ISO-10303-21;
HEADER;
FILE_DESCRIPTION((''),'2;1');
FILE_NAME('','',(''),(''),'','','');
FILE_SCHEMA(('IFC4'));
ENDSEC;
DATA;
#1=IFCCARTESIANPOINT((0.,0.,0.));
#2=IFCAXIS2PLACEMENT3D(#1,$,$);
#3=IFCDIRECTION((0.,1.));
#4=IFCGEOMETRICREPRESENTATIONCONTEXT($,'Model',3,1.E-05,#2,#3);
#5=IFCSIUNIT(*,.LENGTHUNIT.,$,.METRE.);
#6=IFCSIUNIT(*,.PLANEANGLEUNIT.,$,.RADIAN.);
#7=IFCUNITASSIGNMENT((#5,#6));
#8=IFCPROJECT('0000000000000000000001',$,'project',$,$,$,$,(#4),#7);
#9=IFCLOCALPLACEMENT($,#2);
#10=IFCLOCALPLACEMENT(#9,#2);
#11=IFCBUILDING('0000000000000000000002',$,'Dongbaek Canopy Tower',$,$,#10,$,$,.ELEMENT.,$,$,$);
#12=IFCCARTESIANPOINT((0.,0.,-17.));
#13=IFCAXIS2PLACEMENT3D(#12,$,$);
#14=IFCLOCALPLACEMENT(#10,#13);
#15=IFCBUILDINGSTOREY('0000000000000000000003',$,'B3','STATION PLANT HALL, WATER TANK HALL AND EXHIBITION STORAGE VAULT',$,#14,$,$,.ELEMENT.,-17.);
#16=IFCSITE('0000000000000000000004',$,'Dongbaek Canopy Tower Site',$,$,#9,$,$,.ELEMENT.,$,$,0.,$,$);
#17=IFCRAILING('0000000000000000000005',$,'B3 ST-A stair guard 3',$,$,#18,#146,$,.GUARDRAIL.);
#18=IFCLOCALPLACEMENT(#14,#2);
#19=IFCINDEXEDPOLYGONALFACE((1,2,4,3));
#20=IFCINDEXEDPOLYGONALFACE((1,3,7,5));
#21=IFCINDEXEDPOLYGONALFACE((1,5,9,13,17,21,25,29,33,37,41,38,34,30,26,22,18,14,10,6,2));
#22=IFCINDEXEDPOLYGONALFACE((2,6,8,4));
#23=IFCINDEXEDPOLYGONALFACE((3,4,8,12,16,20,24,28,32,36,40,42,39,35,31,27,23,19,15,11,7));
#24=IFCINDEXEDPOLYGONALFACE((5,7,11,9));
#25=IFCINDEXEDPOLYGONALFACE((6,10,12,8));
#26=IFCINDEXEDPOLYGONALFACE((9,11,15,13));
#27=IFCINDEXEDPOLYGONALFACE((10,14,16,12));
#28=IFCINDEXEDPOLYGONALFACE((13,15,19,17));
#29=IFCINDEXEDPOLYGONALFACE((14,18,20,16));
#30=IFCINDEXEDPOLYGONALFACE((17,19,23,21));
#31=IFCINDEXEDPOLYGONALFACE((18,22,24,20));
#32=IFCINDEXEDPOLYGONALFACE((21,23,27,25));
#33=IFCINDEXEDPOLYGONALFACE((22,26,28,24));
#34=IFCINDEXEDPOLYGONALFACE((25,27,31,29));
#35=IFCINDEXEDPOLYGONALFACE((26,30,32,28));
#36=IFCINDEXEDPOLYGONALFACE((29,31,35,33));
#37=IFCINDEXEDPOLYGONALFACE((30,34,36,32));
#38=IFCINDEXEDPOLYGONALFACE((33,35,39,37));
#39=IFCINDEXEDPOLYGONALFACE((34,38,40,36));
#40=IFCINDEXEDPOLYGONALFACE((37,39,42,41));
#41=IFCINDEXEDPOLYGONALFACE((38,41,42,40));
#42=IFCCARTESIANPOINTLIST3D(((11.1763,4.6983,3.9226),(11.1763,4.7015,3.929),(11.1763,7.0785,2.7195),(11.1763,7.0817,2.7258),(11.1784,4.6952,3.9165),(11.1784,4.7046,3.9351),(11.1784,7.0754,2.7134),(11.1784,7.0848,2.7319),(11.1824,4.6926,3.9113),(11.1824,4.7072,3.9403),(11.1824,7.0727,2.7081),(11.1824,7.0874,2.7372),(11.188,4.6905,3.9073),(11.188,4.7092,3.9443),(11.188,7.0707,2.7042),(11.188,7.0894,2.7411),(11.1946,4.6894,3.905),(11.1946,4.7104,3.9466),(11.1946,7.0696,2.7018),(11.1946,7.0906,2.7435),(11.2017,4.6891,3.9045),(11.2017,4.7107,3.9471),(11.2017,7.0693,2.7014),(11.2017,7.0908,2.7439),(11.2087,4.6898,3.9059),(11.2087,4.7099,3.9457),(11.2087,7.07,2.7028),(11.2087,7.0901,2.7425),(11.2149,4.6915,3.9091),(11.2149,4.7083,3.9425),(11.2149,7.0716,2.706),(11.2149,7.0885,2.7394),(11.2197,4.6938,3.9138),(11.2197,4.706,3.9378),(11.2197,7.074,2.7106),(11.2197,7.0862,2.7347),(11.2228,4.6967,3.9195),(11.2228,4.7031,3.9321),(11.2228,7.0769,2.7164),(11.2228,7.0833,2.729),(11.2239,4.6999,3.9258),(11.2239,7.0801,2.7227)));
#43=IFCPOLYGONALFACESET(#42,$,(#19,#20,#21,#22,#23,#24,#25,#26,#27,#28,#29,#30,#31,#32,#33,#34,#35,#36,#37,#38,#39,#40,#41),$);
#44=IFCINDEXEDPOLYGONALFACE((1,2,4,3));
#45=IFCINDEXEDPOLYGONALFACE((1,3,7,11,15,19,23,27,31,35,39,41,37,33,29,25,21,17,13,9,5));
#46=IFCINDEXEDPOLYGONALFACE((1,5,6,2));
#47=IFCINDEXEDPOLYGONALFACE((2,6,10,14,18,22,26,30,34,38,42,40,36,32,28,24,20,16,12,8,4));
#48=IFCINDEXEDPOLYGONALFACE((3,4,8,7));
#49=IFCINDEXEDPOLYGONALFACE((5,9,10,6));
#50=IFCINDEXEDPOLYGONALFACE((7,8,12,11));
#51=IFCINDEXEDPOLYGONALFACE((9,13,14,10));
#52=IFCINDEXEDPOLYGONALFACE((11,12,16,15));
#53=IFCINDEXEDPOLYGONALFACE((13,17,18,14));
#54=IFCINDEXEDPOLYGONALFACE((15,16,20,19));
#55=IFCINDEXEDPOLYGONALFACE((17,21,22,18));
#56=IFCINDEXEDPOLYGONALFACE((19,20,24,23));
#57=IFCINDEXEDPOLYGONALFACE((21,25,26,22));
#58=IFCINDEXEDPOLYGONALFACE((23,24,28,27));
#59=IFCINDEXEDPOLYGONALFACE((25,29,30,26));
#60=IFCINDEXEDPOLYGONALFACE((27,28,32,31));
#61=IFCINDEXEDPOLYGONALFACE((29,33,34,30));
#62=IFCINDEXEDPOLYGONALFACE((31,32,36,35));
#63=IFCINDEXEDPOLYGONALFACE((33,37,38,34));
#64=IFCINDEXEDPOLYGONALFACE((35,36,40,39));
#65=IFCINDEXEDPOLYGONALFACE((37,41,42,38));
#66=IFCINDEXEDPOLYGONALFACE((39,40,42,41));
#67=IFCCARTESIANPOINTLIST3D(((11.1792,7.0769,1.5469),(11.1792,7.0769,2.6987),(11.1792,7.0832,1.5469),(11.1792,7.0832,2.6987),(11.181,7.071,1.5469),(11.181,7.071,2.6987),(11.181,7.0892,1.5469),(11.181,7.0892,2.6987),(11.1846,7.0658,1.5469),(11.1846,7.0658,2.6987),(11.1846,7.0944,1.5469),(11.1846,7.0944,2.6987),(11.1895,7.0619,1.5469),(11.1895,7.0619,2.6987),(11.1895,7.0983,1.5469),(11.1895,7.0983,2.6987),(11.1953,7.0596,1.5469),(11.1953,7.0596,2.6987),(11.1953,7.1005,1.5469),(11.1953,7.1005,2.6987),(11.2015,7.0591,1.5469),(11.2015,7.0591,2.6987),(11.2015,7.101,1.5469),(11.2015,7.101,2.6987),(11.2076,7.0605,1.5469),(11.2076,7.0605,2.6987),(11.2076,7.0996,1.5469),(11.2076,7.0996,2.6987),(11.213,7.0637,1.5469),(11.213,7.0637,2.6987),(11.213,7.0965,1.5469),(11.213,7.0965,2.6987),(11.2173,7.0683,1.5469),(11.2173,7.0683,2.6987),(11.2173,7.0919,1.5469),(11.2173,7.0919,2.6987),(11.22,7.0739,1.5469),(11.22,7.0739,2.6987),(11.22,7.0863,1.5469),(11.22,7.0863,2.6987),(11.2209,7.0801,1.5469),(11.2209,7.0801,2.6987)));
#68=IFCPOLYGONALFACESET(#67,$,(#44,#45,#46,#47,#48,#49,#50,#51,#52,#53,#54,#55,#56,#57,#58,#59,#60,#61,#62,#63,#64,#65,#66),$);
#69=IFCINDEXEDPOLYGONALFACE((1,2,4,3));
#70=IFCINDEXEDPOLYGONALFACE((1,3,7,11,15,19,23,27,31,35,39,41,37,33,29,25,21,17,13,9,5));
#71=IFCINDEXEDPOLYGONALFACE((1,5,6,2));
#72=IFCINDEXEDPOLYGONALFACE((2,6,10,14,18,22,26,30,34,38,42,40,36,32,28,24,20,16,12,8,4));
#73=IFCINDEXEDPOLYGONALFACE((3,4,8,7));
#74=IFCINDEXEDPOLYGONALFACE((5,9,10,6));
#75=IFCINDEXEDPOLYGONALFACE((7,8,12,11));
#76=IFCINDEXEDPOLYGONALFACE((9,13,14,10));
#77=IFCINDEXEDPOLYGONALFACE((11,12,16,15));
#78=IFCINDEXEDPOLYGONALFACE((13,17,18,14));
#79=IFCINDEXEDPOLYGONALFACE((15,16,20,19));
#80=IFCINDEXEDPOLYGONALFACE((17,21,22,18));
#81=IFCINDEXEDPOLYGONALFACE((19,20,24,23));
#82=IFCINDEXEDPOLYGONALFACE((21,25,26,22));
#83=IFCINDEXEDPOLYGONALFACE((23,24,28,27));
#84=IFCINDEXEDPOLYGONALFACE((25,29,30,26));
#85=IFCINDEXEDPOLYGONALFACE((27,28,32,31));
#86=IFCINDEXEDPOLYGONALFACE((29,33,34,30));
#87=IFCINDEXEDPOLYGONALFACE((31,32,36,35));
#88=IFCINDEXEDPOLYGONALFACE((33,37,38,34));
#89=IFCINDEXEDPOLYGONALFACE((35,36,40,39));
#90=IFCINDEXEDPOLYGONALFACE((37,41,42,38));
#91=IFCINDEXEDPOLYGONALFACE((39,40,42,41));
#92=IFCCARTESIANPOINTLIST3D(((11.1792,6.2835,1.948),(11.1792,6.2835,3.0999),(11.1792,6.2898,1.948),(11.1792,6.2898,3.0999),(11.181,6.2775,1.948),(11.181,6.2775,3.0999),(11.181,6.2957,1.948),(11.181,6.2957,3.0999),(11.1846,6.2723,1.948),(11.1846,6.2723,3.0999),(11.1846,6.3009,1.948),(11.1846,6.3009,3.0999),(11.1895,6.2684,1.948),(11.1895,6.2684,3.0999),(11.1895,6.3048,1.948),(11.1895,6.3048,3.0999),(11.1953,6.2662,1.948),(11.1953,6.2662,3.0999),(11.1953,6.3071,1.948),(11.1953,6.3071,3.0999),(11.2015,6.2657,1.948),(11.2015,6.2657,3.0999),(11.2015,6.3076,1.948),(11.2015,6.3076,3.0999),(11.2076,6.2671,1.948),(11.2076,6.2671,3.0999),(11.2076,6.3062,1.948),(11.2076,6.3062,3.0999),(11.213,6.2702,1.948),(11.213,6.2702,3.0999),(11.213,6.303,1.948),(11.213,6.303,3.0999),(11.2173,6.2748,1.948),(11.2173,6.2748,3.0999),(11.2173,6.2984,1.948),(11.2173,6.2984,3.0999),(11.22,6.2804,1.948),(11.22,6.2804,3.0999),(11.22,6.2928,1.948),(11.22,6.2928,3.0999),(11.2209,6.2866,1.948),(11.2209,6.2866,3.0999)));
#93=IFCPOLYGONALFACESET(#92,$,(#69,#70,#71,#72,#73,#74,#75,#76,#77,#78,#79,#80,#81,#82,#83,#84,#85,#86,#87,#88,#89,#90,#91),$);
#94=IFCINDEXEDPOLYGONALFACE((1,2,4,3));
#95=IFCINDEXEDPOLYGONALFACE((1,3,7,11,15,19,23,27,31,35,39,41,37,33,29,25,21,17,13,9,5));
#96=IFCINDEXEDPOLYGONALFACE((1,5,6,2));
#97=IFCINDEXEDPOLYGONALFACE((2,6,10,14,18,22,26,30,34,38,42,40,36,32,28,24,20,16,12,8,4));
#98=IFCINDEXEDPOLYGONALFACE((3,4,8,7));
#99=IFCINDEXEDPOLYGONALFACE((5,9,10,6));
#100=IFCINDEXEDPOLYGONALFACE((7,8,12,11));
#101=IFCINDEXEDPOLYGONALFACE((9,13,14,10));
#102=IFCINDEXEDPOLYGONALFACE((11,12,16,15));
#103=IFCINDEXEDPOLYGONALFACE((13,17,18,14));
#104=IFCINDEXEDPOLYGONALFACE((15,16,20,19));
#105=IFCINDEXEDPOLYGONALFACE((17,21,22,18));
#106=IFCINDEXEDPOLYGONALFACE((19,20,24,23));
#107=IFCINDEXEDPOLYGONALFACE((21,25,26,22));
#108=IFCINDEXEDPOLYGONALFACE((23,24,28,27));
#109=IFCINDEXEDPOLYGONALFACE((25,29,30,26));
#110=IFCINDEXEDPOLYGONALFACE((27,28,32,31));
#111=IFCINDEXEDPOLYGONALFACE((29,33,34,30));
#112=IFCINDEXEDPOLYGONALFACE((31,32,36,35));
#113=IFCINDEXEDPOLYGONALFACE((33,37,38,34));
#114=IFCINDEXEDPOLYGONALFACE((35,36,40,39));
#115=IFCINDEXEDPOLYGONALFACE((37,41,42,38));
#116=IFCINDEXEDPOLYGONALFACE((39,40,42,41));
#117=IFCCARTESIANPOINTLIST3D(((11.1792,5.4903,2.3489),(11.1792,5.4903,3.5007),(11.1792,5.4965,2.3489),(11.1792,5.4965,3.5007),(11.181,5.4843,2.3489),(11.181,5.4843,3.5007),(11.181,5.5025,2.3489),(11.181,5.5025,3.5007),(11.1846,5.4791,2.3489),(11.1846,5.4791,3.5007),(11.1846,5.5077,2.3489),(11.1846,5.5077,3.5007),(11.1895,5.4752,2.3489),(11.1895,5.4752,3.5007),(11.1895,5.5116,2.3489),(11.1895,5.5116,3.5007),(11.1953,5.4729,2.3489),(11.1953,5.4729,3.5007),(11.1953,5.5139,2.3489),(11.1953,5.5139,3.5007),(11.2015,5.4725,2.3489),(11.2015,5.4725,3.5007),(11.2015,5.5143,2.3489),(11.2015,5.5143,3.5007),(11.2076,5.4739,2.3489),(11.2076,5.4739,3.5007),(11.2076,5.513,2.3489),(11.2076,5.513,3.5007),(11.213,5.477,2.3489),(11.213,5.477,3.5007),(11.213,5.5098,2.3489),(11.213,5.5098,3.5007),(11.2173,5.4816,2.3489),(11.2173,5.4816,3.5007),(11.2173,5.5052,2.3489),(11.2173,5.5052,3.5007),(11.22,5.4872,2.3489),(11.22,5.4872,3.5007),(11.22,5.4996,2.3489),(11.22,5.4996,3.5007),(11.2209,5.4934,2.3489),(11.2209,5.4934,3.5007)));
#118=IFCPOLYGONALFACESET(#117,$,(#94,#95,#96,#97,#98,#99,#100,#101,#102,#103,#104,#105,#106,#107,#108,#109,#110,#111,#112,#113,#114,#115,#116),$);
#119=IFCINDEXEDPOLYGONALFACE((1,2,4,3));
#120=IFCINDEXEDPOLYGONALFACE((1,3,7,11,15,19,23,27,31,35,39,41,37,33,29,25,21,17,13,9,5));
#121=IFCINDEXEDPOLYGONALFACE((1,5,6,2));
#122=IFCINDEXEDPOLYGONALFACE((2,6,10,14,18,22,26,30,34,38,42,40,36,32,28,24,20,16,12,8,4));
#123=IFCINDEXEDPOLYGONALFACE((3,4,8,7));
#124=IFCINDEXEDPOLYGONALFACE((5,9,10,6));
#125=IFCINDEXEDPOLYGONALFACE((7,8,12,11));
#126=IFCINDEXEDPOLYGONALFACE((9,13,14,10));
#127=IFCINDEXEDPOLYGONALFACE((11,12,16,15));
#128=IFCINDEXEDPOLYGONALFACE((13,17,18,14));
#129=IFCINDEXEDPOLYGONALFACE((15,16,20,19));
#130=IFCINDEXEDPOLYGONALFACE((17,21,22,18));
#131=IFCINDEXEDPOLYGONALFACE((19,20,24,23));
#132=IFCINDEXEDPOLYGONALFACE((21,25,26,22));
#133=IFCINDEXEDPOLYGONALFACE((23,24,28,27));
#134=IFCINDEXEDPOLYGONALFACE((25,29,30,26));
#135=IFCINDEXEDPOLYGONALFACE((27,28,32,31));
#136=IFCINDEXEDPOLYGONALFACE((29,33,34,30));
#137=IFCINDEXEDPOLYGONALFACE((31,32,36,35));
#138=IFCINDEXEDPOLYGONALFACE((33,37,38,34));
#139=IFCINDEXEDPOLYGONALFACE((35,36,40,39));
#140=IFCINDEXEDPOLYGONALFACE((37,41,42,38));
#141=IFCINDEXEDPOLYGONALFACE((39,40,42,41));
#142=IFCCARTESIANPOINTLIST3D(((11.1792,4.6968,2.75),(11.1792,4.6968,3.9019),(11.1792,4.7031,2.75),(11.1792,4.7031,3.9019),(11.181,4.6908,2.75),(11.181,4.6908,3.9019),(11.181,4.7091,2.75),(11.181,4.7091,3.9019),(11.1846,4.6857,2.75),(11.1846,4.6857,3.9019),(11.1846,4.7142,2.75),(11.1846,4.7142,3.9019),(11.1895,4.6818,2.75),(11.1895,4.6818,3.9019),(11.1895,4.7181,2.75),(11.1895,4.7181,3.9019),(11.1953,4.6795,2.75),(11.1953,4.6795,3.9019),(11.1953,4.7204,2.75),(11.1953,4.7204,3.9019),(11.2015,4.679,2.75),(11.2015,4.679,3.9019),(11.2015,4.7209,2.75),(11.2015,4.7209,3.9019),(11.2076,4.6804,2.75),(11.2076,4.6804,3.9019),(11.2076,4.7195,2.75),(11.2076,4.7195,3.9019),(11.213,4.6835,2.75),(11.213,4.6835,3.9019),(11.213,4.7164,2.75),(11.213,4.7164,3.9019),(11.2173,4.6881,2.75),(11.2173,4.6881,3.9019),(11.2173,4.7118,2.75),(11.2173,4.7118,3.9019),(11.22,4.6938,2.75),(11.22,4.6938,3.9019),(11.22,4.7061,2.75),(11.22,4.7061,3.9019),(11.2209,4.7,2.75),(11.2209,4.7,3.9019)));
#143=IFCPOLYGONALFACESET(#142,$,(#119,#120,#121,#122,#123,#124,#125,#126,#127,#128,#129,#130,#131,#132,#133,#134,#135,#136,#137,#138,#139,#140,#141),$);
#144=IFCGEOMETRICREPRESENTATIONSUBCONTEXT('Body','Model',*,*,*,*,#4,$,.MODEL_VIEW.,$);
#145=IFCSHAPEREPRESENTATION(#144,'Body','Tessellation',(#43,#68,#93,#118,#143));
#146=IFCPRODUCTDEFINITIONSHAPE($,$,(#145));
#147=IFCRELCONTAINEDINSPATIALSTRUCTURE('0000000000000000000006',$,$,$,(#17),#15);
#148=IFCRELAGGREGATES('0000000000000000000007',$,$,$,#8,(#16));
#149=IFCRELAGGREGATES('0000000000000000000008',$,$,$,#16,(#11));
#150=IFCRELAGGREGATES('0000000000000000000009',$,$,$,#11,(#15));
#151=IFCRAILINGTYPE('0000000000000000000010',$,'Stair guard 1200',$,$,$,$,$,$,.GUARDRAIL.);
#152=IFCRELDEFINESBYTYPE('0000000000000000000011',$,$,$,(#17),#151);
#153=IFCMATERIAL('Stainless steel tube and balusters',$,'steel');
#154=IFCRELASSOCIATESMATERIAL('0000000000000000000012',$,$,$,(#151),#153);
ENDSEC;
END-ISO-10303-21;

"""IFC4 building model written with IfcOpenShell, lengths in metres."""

from ifc_helpers import new_model, si_unit, direction, frame, origin, origin_2d, place, context, subcontext, project, spatial, circle, extrude, material, type_object, element, save


model = new_model("IFC4")

# Units and contexts
model_context = context("Model", 3, precision=1e-05, world=origin(), true_north=direction((0.0, 1.0)))
body_context = subcontext(model_context, "Body", "Model", "MODEL_VIEW")
ifc_project = project(units=[si_unit("LENGTHUNIT", "METRE"), si_unit("PLANEANGLEUNIT", "RADIAN")], contexts=[model_context])

# Site, building, storey
site_placement = place(None, origin())
site = spatial("IfcSite", under=ifc_project, at=site_placement, Name="Dongbaek Canopy Tower Site", CompositionType="ELEMENT", RefElevation=0.0)
building_placement = place(site_placement, origin())
building = spatial("IfcBuilding", under=site, at=building_placement, Name="Dongbaek Canopy Tower", CompositionType="ELEMENT")
storey_placement = place(building_placement, frame((0.0, 0.0, -17.0)))
storey = spatial("IfcBuildingStorey", under=building, at=storey_placement, Name="B3", Description="STATION PLANT HALL, WATER TANK HALL AND EXHIBITION STORAGE VAULT", CompositionType="ELEMENT", Elevation=-17.0)

# Railing
ifc_material_1 = material(Name="Stainless steel tube and balusters", Category="steel")
railing_type_1 = type_object("IfcRailingType", Name="Stair guard 1200", PredefinedType="GUARDRAIL", material=ifc_material_1)
railing_1_placement = place(storey_placement, frame((11.2, 7.0801, 1.5469)))
element("IfcRailing", 1, at=railing_1_placement, inside=storey, type_object=railing_type_1, Name="B3 ST-A stair guard 3", PredefinedType="GUARDRAIL", context=body_context, shape_type="SweptSolid", body=[
    extrude(circle(Radius=0.0239, at=origin_2d()), frame((0.0, 0.0, 1.1758), z_axis=(0.0, -0.89246, 0.451127), x_axis=(1.0, 0.0, 0.0)), (0.0, 0.0, 1.0), 2.667),
    extrude(circle(Radius=0.021, at=origin_2d()), origin(), (0.0, 0.0, 1.0), 1.1519),
    extrude(circle(Radius=0.021, at=origin_2d()), frame((0.0, -0.7935, 0.4011)), (0.0, 0.0, 1.0), 1.1519),
    extrude(circle(Radius=0.021, at=origin_2d()), frame((0.0, -1.5867, 0.802)), (0.0, 0.0, 1.0), 1.1519),
    extrude(circle(Radius=0.021, at=origin_2d()), frame((0.0, -2.3801, 1.2031)), (0.0, 0.0, 1.0), 1.1519),
])

save(model, "model.ifc")
